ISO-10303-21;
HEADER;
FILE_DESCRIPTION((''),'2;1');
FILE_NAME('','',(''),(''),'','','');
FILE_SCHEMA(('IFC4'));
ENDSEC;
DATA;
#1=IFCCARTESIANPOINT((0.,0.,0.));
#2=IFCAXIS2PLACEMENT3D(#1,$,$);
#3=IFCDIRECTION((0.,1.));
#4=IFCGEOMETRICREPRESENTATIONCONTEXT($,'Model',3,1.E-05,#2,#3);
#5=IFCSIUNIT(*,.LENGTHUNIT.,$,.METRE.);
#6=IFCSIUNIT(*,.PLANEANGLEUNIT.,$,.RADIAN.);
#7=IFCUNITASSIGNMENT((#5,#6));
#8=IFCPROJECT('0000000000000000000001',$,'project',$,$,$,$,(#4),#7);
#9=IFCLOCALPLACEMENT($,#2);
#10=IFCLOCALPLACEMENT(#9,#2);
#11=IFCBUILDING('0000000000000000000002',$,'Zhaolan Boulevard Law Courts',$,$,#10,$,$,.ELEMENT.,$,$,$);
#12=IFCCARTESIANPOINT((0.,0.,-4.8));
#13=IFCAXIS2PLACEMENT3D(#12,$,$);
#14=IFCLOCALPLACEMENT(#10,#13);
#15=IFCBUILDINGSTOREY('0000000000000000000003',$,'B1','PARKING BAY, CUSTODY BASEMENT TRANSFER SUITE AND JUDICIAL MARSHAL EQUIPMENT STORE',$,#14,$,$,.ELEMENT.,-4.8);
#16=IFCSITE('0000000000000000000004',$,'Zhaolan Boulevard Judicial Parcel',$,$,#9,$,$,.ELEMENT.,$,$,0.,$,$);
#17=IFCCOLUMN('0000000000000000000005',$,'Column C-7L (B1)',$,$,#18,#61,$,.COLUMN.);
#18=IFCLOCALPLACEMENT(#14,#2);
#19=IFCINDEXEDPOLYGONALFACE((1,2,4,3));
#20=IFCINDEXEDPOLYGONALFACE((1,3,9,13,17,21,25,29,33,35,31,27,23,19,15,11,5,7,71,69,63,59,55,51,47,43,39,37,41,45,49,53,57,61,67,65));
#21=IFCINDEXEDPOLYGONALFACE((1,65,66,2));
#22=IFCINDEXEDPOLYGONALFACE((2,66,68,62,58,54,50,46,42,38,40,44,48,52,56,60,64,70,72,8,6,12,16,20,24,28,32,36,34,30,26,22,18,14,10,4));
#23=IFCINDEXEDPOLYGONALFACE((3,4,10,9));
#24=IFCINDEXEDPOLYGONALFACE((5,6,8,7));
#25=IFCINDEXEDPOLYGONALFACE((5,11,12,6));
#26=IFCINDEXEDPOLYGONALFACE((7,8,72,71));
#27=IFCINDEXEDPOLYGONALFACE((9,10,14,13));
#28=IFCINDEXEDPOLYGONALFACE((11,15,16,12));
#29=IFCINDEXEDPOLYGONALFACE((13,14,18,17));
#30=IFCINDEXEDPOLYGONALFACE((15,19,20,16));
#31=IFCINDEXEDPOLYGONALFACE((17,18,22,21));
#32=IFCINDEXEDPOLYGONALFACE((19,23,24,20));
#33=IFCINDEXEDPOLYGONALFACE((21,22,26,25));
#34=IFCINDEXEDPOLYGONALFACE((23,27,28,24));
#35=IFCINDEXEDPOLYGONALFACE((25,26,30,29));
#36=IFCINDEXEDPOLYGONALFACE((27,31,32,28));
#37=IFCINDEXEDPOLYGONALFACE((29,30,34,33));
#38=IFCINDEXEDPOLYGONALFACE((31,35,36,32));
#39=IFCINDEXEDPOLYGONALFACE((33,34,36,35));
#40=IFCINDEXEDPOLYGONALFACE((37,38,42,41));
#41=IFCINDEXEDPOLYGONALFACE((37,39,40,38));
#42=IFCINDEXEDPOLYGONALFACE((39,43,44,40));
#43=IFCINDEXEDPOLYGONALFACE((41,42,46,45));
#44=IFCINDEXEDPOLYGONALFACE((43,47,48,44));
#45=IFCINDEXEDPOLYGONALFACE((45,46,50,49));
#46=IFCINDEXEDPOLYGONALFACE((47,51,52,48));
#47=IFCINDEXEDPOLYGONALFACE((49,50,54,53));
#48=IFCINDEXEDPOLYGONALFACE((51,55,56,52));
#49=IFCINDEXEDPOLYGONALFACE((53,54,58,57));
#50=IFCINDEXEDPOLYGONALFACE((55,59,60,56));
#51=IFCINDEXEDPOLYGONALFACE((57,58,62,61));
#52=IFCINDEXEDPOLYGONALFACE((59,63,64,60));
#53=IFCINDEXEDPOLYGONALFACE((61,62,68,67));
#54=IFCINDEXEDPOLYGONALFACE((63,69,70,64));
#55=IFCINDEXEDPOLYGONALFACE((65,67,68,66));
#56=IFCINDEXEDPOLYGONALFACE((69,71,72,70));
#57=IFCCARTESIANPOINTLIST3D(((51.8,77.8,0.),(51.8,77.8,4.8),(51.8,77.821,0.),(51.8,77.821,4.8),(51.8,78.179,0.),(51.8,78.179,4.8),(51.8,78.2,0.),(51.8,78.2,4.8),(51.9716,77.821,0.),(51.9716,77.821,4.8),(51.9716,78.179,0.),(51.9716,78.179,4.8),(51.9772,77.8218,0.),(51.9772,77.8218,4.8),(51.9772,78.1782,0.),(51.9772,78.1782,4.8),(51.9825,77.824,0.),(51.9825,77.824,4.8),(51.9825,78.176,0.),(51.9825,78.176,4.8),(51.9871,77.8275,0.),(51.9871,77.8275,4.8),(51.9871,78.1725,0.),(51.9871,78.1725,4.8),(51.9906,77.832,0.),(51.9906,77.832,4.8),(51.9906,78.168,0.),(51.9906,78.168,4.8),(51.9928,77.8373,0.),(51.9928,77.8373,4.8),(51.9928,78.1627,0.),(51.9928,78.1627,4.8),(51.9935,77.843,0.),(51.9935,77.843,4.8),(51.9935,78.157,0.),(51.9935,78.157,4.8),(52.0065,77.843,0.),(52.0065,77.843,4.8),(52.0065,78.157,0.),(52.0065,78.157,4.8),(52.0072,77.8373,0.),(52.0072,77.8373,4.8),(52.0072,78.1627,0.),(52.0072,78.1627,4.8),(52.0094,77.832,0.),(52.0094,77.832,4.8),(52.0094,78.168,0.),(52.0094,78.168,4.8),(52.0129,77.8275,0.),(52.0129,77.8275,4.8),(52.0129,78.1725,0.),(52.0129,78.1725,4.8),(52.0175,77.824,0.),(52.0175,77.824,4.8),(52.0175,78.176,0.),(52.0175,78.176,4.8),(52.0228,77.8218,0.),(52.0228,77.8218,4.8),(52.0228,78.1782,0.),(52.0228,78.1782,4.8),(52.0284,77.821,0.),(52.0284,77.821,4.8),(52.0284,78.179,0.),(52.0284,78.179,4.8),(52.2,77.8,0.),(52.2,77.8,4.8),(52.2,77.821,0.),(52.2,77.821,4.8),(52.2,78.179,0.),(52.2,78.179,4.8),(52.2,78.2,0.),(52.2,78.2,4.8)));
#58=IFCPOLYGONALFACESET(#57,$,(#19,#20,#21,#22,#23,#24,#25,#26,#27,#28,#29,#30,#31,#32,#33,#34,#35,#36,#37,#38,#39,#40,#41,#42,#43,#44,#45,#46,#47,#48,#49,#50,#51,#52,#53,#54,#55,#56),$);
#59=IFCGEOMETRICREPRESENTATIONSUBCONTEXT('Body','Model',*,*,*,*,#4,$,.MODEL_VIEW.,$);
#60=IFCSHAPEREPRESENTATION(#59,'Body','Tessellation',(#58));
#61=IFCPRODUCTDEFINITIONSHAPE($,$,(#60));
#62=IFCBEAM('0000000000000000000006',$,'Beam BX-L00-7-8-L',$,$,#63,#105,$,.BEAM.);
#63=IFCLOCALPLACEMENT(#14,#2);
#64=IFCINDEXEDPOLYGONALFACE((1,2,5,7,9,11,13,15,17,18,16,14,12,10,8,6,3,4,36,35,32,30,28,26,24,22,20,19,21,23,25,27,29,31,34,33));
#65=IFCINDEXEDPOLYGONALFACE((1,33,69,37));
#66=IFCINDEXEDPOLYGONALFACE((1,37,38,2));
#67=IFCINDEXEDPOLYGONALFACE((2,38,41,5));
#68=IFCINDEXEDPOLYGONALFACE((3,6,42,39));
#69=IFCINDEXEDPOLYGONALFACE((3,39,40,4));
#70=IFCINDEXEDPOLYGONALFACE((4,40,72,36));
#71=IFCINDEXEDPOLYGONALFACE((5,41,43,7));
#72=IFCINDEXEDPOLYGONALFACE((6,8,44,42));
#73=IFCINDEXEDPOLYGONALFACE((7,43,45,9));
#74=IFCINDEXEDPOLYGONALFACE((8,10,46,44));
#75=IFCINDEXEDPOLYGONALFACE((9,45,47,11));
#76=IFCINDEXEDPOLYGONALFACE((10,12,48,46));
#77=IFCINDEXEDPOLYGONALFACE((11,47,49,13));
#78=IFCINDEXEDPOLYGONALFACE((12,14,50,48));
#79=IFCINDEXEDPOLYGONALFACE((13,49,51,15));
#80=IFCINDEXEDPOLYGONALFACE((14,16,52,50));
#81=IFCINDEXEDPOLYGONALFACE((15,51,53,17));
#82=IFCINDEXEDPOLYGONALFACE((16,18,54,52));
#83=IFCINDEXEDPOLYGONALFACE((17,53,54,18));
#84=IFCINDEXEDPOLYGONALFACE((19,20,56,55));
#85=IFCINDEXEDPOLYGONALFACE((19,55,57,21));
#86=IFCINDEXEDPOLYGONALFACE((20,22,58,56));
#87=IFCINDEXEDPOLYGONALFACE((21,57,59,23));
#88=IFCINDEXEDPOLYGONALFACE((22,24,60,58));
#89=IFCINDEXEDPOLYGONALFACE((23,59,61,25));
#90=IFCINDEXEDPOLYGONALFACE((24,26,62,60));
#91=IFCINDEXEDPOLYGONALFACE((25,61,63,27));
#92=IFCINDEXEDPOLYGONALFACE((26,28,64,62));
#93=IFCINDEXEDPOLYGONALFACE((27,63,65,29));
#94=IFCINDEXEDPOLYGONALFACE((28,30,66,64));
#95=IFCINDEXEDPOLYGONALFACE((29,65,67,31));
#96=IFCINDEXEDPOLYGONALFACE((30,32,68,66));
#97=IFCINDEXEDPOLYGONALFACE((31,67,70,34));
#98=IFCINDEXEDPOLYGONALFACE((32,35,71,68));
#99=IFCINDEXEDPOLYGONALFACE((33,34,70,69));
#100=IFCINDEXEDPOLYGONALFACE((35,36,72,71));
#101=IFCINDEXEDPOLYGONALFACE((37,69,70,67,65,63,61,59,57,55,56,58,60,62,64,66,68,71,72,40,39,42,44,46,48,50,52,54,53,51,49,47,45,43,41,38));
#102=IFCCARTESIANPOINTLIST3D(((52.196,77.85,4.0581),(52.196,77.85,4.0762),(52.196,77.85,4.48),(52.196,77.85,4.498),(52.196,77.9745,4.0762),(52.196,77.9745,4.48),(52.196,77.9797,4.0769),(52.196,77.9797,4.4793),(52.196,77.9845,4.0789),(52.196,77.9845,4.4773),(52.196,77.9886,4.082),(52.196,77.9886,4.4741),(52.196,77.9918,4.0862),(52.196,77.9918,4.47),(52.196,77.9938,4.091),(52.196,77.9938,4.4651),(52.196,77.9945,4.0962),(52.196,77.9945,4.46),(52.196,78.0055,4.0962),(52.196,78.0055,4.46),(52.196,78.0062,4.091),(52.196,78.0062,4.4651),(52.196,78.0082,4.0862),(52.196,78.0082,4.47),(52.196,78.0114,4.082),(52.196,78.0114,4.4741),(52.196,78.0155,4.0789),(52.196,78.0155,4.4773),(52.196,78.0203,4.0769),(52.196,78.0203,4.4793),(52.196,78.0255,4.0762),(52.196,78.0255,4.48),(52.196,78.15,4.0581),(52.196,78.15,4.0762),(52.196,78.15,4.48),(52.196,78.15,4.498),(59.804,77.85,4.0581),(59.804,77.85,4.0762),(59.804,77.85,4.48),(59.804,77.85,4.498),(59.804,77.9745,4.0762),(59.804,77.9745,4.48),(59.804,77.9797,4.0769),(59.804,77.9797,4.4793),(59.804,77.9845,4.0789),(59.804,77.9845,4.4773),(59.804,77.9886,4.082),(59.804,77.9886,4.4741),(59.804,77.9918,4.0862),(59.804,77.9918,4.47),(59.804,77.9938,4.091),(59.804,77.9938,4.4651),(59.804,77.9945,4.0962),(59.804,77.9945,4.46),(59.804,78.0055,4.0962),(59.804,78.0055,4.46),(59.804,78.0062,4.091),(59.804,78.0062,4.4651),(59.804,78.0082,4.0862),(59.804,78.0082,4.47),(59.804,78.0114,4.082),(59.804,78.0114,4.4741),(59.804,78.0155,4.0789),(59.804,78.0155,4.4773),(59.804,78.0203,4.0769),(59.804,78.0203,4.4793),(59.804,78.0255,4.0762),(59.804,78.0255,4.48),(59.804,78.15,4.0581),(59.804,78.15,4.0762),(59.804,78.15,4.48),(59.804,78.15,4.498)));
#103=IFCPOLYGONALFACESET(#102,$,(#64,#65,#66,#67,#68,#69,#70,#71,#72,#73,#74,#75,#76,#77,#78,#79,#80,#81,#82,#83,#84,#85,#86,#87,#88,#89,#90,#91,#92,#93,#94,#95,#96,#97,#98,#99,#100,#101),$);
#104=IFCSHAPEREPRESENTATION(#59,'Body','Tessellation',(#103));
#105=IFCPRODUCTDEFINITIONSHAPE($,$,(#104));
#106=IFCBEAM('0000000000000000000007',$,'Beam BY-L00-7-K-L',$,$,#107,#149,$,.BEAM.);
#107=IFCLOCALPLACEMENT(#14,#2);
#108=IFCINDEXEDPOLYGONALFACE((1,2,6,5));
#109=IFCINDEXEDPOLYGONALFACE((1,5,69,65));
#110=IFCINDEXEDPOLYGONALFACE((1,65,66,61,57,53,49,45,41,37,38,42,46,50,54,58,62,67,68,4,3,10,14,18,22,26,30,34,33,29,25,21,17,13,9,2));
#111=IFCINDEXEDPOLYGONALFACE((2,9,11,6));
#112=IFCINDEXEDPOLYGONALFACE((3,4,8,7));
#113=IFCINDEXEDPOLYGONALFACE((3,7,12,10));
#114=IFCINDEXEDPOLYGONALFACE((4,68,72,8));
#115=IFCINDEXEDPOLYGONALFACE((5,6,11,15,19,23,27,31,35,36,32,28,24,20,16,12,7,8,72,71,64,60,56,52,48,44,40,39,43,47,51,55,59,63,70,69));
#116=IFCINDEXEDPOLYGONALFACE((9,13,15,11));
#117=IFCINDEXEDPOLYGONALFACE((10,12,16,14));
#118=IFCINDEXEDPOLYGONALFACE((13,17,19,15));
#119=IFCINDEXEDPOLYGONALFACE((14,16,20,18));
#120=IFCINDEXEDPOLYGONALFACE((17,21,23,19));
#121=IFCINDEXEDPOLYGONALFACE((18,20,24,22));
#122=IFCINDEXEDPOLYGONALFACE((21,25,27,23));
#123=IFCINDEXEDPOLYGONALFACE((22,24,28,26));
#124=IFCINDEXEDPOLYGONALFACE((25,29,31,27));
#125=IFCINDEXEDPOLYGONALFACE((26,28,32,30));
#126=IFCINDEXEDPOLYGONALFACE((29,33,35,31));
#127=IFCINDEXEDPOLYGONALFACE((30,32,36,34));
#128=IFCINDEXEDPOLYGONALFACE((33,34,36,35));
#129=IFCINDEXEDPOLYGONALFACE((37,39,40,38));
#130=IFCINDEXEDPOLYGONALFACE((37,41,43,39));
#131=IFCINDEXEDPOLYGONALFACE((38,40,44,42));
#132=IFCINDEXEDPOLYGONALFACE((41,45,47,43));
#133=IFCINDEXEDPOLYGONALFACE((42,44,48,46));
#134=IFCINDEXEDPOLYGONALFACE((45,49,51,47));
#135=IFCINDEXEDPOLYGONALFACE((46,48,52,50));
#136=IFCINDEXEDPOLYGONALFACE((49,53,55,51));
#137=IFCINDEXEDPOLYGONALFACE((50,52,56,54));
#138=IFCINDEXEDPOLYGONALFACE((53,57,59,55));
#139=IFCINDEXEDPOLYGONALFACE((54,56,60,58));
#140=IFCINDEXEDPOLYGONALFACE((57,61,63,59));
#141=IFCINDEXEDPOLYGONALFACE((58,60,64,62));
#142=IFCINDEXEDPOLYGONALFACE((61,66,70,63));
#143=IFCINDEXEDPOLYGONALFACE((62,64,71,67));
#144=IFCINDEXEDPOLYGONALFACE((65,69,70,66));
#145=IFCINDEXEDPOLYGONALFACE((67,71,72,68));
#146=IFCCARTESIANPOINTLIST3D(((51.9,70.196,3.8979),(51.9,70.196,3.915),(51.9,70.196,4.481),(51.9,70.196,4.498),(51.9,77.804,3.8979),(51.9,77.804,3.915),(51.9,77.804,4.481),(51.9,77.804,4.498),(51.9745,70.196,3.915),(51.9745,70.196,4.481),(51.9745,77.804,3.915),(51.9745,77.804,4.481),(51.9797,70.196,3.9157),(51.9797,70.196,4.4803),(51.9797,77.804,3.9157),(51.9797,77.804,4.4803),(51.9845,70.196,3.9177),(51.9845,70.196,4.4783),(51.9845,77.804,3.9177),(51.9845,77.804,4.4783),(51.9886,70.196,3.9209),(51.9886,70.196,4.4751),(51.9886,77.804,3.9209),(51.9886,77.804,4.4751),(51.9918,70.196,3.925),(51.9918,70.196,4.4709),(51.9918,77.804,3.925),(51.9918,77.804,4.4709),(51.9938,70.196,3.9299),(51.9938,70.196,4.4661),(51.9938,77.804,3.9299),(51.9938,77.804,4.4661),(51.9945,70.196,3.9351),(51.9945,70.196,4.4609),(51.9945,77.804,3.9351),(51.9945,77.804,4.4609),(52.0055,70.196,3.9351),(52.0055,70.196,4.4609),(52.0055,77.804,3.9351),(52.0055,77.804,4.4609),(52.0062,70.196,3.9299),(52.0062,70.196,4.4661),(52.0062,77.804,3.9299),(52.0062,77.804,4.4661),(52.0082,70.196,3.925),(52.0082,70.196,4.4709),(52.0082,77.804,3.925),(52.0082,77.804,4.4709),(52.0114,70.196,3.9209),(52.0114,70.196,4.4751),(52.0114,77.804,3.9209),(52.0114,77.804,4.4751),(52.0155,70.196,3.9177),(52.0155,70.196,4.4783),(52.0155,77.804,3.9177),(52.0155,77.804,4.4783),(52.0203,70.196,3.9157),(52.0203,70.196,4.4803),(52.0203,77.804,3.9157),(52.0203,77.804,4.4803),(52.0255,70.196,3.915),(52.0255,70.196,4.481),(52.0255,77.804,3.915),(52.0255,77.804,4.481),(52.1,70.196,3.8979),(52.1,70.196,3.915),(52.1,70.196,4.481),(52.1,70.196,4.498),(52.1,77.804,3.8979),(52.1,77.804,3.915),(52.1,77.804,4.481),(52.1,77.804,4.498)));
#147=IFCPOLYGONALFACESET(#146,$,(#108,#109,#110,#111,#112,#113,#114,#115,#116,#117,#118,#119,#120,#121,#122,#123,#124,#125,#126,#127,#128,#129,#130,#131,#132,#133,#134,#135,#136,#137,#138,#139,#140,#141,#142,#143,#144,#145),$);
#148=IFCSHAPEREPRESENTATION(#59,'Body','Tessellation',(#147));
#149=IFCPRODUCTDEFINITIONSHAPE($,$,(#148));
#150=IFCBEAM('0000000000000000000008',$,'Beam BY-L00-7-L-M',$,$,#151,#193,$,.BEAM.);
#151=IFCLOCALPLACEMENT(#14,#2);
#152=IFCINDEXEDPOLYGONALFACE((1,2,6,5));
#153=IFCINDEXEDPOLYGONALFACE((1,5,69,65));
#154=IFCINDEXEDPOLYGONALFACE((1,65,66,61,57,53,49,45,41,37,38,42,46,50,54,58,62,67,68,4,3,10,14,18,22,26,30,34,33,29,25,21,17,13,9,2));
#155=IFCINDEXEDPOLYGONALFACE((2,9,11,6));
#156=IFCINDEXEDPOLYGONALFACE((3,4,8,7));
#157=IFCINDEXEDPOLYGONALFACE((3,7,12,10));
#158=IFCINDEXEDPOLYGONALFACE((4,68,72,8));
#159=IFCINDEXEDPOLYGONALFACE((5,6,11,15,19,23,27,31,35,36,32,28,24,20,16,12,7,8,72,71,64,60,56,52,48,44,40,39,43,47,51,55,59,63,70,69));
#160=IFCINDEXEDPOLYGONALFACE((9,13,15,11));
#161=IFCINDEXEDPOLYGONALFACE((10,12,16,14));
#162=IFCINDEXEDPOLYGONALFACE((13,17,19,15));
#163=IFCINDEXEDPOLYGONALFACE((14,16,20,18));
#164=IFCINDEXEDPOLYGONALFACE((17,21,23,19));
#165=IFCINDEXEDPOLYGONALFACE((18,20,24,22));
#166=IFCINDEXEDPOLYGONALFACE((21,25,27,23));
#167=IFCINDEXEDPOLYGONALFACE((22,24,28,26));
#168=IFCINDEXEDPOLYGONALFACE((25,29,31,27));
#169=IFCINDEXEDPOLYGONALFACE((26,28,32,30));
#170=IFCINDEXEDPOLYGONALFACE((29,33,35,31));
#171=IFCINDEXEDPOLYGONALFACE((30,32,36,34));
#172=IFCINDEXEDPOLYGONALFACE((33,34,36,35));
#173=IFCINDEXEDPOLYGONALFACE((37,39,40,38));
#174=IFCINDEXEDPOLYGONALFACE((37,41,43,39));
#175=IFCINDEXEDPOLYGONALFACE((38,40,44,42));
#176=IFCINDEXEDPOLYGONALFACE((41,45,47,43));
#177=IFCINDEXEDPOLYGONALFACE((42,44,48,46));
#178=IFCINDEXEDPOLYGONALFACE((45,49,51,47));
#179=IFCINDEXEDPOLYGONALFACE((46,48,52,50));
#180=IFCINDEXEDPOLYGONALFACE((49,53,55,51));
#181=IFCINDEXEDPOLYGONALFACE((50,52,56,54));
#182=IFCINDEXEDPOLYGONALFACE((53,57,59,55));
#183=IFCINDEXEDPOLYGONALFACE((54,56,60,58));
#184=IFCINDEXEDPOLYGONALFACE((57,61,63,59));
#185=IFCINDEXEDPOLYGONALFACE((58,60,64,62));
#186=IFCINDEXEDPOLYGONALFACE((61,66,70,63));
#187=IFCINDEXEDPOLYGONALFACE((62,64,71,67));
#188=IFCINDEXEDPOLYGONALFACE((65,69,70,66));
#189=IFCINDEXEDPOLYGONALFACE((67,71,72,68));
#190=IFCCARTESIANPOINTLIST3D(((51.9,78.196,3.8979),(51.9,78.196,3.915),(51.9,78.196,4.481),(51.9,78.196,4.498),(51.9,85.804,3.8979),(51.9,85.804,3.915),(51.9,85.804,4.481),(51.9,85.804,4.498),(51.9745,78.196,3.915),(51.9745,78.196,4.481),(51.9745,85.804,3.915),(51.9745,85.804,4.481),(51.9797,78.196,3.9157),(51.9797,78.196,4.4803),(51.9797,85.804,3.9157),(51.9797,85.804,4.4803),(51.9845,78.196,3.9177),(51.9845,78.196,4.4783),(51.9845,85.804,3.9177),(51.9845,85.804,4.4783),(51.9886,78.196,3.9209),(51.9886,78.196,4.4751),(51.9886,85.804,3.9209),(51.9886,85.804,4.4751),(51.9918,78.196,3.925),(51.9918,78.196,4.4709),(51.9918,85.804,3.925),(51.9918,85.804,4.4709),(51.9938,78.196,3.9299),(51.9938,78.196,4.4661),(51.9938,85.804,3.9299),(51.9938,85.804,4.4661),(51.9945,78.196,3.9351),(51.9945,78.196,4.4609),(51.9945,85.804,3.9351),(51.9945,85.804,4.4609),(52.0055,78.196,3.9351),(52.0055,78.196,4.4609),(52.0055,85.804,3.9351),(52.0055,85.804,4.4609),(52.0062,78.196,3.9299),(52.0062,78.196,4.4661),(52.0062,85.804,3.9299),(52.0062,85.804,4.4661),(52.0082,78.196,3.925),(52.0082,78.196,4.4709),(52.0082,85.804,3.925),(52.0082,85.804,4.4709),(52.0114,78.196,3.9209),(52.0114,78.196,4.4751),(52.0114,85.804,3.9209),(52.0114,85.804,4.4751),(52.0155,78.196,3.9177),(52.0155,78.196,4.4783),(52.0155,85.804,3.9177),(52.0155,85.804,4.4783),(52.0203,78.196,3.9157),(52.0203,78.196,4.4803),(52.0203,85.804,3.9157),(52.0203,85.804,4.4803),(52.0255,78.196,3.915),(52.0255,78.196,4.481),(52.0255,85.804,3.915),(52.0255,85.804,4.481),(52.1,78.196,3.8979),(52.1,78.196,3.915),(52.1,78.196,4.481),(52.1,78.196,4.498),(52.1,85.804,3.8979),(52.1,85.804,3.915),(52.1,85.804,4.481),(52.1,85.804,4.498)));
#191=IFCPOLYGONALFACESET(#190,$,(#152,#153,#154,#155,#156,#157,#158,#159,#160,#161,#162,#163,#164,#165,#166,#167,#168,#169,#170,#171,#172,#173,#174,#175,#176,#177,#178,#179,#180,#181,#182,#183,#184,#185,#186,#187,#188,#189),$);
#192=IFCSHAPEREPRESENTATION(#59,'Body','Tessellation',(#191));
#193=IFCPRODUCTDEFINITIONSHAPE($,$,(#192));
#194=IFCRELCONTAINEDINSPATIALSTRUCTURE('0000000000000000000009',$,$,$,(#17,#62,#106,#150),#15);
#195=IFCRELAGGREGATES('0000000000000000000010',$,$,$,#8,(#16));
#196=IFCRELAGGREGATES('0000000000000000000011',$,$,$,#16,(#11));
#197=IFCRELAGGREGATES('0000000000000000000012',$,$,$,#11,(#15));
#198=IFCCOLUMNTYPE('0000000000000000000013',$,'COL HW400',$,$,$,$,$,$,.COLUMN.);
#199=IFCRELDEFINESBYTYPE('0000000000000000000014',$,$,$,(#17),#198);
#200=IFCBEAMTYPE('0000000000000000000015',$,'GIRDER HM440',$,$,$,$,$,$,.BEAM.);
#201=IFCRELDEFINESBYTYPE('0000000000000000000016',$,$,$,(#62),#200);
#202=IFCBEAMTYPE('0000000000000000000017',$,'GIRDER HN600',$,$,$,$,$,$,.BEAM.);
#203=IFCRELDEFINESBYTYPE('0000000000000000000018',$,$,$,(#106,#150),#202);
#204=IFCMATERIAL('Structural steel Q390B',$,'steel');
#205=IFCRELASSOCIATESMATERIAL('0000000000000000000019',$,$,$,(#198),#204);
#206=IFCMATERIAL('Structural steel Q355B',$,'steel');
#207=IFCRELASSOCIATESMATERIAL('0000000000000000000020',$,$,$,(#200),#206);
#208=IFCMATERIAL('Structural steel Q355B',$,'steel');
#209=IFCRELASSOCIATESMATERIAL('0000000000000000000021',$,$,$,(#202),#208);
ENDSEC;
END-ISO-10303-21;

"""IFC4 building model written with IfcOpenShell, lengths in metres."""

from ifc_helpers import new_model, si_unit, direction, frame, origin, origin_2d, place, context, subcontext, project, spatial, i_section, extrude, material, material_profile, profile_set, type_object, element, save


model = new_model("IFC4")

# Units and contexts
model_context = context("Model", 3, precision=1e-05, world=origin(), true_north=direction((0.0, 1.0)))
body_context = subcontext(model_context, "Body", "Model", "MODEL_VIEW")
ifc_project = project(units=[si_unit("LENGTHUNIT", "METRE"), si_unit("PLANEANGLEUNIT", "RADIAN")], contexts=[model_context])

# Site, building, storey
site_placement = place(None, origin())
site = spatial("IfcSite", under=ifc_project, at=site_placement, Name="Zhaolan Boulevard Judicial Parcel", CompositionType="ELEMENT", RefElevation=0.0)
building_placement = place(site_placement, origin())
building = spatial("IfcBuilding", under=site, at=building_placement, Name="Zhaolan Boulevard Law Courts", CompositionType="ELEMENT")
storey_placement = place(building_placement, frame((0.0, 0.0, -4.8)))
storey = spatial("IfcBuildingStorey", under=building, at=storey_placement, Name="B1", Description="PARKING BAY, CUSTODY BASEMENT TRANSFER SUITE AND JUDICIAL MARSHAL EQUIPMENT STORE", CompositionType="ELEMENT", Elevation=-4.8)

# Column
ifc_material_1 = material(Name="Structural steel Q390B", Category="steel")
ifc_material_profile_1 = material_profile(ifc_material_1, i_section(OverallWidth=0.3999, OverallDepth=0.3999, WebThickness=0.0129, FlangeThickness=0.021, FilletRadius=0.022, at=origin_2d()), Name="HW400x400")
ifc_profile_set_1 = profile_set([ifc_material_profile_1], Name="Structural steel Q390B")
column_type_1 = type_object("IfcColumnType", Name="COL HW400", PredefinedType="COLUMN", material=ifc_profile_set_1)
column_1_placement = place(storey_placement, frame((52.0, 78.0, 0.0), z_axis=(0.0, 0.0, 1.0), x_axis=(1.0, 0.0, 0.0)))
element("IfcColumn", 1, at=column_1_placement, inside=storey, type_object=column_type_1, Name="Column C-7L (B1)", PredefinedType="COLUMN", context=body_context, shape_type="SweptSolid", body=[
    extrude(i_section(OverallWidth=0.3999, OverallDepth=0.3999, WebThickness=0.0129, FlangeThickness=0.021, FilletRadius=0.022, at=origin_2d()), origin(), (0.0, 0.0, 1.0), 4.8),
])

# Beams
ifc_material_2 = material(Name="Structural steel Q355B", Category="steel")
ifc_material_profile_2 = material_profile(ifc_material_2, i_section(OverallWidth=0.3, OverallDepth=0.4399, WebThickness=0.011, FlangeThickness=0.0181, FilletRadius=0.02, at=origin_2d()), Name="HM440x300")
ifc_profile_set_2 = profile_set([ifc_material_profile_2], Name="Structural steel Q355B")
beam_type_1 = type_object("IfcBeamType", Name="GIRDER HM440", PredefinedType="BEAM", material=ifc_profile_set_2)
beam_1_placement = place(storey_placement, frame((52.196, 78.0, 4.2781), z_axis=(1.0, 0.0, 0.0), x_axis=(0.0, 1.0, 0.0)))
element("IfcBeam", 2, at=beam_1_placement, inside=storey, type_object=beam_type_1, Name="Beam BX-L00-7-8-L", PredefinedType="BEAM", context=body_context, shape_type="SweptSolid", body=[
    extrude(i_section(OverallWidth=0.3, OverallDepth=0.4399, WebThickness=0.011, FlangeThickness=0.0181, FilletRadius=0.02, at=origin_2d()), origin(), (0.0, 0.0, 1.0), 7.6079),
])
ifc_material_3 = material(Name="Structural steel Q355B", Category="steel")
ifc_material_profile_3 = material_profile(ifc_material_3, i_section(OverallWidth=0.2, OverallDepth=0.6001, WebThickness=0.011, FlangeThickness=0.0171, FilletRadius=0.02, at=origin_2d()), Name="HN600x200")
ifc_profile_set_3 = profile_set([ifc_material_profile_3], Name="Structural steel Q355B")
beam_type_2 = type_object("IfcBeamType", Name="GIRDER HN600", PredefinedType="BEAM", material=ifc_profile_set_3)
for number, where, z_axis, x_axis, name in (
    (3, (52.0, 70.196, 4.198), (0.0, 1.0, 0.0), (-1.0, 0.0, 0.0), "Beam BY-L00-7-K-L"),
    (4, (52.0, 78.196, 4.198), (0.0, 1.0, 0.0), (-1.0, 0.0, 0.0), "Beam BY-L00-7-L-M"),
):
    element("IfcBeam", number, at=place(storey_placement, frame(where, z_axis=z_axis, x_axis=x_axis)), inside=storey, type_object=beam_type_2, Name=name, PredefinedType="BEAM", context=body_context, shape_type="SweptSolid", body=[
        extrude(i_section(OverallWidth=0.2, OverallDepth=0.6001, WebThickness=0.011, FlangeThickness=0.0171, FilletRadius=0.02, at=origin_2d()), origin(), (0.0, 0.0, 1.0), 7.6079),
    ])

save(model, "model.ifc")
